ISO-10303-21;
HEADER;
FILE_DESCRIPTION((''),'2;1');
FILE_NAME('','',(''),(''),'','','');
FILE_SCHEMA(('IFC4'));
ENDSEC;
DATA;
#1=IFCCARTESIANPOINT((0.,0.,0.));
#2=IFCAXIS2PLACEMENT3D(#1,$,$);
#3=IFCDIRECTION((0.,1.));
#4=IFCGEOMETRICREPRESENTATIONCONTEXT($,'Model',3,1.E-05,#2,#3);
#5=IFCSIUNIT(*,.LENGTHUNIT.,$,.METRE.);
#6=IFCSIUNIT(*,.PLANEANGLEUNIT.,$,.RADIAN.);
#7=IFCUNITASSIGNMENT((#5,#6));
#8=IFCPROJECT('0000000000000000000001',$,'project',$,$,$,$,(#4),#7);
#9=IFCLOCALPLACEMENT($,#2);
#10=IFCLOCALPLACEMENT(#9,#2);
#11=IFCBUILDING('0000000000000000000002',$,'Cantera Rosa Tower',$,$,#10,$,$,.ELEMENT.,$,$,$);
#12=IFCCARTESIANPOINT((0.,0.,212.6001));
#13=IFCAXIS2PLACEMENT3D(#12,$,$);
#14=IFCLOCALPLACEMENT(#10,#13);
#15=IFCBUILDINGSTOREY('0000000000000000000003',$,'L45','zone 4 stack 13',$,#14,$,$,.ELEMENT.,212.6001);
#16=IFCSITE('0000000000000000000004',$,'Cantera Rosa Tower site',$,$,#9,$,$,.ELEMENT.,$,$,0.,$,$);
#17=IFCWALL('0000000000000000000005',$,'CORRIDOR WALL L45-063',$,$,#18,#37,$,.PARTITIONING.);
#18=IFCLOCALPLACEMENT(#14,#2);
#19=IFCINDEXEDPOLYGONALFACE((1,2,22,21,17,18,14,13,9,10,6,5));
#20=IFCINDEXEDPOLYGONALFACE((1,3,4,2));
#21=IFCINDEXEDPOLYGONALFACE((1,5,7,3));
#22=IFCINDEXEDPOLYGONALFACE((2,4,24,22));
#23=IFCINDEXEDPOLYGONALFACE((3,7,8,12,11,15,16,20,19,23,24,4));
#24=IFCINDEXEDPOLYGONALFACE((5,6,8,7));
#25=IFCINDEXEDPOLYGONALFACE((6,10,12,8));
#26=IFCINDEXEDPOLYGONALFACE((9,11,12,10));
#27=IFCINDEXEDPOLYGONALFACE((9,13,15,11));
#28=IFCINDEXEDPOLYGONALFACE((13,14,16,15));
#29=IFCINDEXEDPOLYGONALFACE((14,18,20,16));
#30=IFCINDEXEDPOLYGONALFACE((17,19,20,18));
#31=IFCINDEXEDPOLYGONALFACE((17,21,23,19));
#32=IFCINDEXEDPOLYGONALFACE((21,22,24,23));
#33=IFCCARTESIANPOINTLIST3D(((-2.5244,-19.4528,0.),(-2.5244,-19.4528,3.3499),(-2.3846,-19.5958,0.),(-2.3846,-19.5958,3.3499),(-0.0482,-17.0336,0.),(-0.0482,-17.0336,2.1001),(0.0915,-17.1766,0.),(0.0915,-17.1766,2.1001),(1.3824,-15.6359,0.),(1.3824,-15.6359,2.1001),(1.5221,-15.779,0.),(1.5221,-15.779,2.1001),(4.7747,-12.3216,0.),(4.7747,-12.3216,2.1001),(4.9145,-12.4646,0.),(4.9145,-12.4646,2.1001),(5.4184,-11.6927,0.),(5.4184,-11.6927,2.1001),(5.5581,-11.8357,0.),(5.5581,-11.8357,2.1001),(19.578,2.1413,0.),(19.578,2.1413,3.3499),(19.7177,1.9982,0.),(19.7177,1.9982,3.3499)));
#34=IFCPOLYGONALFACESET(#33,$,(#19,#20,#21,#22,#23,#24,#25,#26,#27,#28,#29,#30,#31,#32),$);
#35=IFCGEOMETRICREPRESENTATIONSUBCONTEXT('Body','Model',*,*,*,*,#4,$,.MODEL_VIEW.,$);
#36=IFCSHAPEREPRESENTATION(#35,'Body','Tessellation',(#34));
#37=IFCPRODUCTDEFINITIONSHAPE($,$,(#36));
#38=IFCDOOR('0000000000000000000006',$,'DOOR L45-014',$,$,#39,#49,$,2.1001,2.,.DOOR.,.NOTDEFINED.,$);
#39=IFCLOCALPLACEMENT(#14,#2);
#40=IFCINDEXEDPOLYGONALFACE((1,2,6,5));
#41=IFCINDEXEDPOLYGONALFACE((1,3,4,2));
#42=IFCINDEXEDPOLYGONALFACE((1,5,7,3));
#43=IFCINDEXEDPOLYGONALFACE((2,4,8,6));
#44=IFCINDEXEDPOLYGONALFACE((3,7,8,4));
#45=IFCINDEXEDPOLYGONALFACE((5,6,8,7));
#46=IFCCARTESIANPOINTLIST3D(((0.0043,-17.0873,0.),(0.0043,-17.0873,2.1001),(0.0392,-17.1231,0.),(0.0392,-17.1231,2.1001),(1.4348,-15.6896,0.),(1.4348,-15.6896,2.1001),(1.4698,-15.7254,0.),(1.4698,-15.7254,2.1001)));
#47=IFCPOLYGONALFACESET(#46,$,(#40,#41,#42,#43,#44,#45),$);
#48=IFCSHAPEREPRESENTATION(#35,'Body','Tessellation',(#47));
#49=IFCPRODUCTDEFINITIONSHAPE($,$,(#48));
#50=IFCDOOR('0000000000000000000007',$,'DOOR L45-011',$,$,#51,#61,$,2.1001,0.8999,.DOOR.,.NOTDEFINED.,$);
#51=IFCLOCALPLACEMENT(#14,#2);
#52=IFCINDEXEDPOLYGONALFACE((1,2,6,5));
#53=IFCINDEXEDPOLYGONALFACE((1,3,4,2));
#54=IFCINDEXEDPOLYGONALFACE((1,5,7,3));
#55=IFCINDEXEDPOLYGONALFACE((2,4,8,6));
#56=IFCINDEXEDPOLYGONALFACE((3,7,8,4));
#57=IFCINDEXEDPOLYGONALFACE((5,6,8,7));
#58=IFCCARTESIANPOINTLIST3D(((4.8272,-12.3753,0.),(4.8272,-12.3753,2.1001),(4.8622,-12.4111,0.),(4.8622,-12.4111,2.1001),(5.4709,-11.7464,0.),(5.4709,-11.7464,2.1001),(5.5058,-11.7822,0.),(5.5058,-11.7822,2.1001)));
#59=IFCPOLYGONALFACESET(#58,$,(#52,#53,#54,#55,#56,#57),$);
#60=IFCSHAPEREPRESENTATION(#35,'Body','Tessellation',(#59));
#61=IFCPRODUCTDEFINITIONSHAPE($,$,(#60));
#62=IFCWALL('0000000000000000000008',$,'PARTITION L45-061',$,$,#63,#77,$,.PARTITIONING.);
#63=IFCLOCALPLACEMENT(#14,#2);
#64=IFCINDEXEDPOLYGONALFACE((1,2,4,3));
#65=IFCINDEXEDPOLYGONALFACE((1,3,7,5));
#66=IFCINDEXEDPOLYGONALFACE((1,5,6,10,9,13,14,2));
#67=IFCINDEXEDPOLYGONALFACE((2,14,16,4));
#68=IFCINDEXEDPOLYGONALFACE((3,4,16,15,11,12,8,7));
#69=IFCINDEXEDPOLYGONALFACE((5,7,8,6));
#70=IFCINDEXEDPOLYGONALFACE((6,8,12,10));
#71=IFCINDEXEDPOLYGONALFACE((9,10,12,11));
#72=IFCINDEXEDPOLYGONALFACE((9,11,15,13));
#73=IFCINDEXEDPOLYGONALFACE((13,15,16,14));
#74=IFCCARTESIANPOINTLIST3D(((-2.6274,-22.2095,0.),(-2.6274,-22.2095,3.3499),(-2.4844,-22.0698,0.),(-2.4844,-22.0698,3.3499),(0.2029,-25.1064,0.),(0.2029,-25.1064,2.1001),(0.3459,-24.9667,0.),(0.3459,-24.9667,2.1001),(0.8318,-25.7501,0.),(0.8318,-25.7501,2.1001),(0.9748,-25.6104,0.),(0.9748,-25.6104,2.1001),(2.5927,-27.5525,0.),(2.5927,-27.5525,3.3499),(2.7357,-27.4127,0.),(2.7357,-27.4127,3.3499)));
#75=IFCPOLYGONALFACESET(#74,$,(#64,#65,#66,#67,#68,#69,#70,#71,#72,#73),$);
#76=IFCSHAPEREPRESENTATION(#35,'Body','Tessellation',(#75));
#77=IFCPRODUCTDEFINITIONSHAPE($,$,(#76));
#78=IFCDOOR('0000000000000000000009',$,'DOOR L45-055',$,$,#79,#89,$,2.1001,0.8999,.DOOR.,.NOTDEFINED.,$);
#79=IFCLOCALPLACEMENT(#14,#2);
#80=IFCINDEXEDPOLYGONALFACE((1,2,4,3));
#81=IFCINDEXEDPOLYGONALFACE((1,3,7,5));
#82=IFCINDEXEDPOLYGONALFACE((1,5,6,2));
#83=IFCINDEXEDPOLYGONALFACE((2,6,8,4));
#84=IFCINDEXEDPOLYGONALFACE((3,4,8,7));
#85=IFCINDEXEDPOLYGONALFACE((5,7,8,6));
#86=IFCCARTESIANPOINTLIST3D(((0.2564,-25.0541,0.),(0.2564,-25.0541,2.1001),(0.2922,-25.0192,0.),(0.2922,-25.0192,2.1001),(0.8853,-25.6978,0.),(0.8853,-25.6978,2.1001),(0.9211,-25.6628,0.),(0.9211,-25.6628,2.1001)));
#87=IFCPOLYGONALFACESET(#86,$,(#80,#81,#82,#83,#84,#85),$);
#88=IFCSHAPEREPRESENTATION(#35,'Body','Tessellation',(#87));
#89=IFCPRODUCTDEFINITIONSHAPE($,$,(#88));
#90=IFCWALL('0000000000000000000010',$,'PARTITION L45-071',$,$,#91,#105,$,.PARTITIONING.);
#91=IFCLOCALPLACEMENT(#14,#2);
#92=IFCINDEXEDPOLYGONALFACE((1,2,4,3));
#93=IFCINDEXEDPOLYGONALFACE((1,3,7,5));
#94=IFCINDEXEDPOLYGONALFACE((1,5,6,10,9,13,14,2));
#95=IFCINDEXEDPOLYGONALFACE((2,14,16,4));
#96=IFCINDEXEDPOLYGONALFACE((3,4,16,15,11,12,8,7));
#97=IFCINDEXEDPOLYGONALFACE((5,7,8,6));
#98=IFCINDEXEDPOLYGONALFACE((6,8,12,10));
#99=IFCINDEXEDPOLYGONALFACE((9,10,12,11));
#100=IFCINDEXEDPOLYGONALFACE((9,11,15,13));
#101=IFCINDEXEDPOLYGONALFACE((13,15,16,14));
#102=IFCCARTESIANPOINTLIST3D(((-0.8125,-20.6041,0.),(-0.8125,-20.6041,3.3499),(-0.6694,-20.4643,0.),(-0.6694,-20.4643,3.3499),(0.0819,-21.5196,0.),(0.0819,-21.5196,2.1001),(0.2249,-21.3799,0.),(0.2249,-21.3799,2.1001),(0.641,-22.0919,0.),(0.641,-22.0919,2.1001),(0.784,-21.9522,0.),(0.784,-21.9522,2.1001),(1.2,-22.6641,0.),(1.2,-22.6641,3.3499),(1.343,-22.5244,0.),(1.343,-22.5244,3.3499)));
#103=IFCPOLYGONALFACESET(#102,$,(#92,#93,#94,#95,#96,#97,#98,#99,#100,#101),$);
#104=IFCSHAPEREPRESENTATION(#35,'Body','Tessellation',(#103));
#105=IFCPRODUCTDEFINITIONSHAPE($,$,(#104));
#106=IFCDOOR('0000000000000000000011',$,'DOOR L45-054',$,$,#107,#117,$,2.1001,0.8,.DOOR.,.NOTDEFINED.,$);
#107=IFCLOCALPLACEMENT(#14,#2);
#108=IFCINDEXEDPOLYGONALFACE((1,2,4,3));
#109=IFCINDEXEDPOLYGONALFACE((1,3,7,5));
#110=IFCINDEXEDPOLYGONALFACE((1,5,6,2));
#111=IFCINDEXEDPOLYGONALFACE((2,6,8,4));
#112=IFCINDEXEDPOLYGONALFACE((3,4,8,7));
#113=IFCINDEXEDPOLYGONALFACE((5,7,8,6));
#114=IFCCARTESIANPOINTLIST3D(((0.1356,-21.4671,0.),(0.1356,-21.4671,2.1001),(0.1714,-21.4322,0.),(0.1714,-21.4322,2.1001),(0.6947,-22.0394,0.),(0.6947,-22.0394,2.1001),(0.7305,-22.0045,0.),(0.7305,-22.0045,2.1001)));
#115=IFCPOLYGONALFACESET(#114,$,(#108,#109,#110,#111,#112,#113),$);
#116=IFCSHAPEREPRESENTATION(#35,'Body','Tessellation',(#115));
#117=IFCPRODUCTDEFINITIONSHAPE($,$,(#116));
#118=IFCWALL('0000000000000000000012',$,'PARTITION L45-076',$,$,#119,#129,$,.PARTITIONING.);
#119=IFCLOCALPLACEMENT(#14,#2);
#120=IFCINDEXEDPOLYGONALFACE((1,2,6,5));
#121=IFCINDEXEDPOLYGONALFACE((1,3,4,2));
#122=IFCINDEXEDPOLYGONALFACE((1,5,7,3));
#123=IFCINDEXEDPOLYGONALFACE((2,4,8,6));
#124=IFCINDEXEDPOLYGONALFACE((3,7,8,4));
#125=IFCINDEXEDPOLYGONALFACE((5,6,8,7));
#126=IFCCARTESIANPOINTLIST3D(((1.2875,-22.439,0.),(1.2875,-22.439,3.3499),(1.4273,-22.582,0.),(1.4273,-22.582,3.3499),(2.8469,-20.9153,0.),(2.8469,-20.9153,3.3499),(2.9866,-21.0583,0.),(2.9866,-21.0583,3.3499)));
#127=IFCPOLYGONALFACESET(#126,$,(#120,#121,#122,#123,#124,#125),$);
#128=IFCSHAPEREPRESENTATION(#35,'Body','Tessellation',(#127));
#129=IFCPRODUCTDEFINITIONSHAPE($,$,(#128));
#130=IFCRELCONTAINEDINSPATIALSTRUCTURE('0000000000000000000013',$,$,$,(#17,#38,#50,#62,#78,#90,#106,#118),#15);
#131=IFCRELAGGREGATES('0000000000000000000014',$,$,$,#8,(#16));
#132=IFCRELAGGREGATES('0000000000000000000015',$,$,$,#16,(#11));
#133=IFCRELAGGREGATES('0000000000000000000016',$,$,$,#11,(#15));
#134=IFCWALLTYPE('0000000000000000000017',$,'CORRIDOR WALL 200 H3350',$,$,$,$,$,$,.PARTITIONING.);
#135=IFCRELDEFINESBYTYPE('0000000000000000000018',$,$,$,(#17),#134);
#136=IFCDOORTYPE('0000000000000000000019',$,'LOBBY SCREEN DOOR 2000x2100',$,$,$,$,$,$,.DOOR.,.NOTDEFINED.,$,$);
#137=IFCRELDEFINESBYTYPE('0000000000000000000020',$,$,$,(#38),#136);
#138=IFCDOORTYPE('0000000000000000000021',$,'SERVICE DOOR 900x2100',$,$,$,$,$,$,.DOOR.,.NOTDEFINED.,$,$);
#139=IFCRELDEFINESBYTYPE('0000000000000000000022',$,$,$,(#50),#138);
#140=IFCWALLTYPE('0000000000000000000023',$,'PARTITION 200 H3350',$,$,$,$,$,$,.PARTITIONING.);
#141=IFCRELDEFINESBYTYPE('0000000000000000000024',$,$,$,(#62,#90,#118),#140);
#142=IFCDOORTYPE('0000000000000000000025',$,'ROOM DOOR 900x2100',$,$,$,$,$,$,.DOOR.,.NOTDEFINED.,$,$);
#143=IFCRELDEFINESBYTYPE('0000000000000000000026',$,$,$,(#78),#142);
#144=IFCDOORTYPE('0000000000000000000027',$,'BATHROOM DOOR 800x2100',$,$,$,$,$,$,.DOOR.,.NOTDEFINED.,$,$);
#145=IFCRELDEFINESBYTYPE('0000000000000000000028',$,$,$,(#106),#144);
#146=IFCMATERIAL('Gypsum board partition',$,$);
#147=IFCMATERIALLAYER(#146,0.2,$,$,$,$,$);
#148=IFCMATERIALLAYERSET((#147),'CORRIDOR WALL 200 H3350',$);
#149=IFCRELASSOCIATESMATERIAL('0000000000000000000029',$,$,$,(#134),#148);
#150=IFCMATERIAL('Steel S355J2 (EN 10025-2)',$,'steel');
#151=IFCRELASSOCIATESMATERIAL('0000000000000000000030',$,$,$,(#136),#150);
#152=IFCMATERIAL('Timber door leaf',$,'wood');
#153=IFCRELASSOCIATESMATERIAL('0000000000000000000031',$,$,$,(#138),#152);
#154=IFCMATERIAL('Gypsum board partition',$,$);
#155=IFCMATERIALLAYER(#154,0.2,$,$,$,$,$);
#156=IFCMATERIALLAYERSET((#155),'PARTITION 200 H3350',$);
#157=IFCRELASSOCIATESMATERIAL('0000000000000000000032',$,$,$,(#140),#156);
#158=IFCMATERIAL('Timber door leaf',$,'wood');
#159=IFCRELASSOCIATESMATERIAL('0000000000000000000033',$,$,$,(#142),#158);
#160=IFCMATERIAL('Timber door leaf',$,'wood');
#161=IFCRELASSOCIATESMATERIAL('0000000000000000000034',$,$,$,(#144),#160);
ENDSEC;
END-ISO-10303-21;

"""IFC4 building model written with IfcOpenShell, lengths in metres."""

from ifc_helpers import new_model, si_unit, direction, frame, frame_2d, origin, place, context, subcontext, project, spatial, rectangle, extrude, material, layer, layer_set, type_object, element, fill, save


model = new_model("IFC4")

# Units and contexts
model_context = context("Model", 3, precision=1e-05, world=origin(), true_north=direction((0.0, 1.0)))
body_context = subcontext(model_context, "Body", "Model", "MODEL_VIEW")
ifc_project = project(units=[si_unit("LENGTHUNIT", "METRE"), si_unit("PLANEANGLEUNIT", "RADIAN")], contexts=[model_context])

# Site, building, storey
site_placement = place(None, origin())
site = spatial("IfcSite", under=ifc_project, at=site_placement, Name="Cantera Rosa Tower site", CompositionType="ELEMENT", RefElevation=0.0)
building_placement = place(site_placement, origin())
building = spatial("IfcBuilding", under=site, at=building_placement, Name="Cantera Rosa Tower", CompositionType="ELEMENT")
storey_placement = place(building_placement, frame((0.0, 0.0, 212.6001)))
storey = spatial("IfcBuildingStorey", under=building, at=storey_placement, Name="L45", Description="zone 4 stack 13", CompositionType="ELEMENT", Elevation=212.6001)

# Wall, openings, doors
ifc_material_1 = material(Name="Gypsum board partition")
ifc_layer_1 = layer(ifc_material_1, 0.2)
ifc_layer_set_1 = layer_set([ifc_layer_1], Name="CORRIDOR WALL 200 H3350")
wall_type_1 = type_object("IfcWallType", Name="CORRIDOR WALL 200 H3350", PredefinedType="PARTITIONING", material=ifc_layer_set_1)
wall_1_placement = place(storey_placement, frame((-2.4546, -19.5244, 0.0), z_axis=(0.0, 0.0, 1.0), x_axis=(0.715284, 0.698834, 0.0)))
wall_1 = element("IfcWall", 1, at=wall_1_placement, inside=storey, type_object=wall_type_1, Name="CORRIDOR WALL L45-063", PredefinedType="PARTITIONING", context=body_context, shape_type="SweptSolid", body=[
    extrude(rectangle(XDim=30.9001, YDim=0.2, at=frame_2d((15.4502, 0.0))), origin(), (0.0, 0.0, 1.0), 3.3499),
])
opening_1_placement = place(wall_1_placement, frame((10.2046, 0.0, 0.0)))
opening_1 = element("IfcOpeningElement", 2, at=opening_1_placement, cuts=wall_1, PredefinedType="OPENING", context=body_context, shape_type="SweptSolid", body=[
    extrude(rectangle(XDim=0.8999, YDim=2.1001, at=frame_2d((0.45, 1.05))), frame((0.0, 0.1099, 0.0), z_axis=(0.0, -1.0, 0.0), x_axis=(1.0, 0.0, 0.0)), (0.0, 0.0, 1.0), 0.22),
])
opening_2_placement = place(wall_1_placement, frame((3.4619, 0.0, 0.0)))
opening_2 = element("IfcOpeningElement", 3, at=opening_2_placement, cuts=wall_1, PredefinedType="OPENING", context=body_context, shape_type="SweptSolid", body=[
    extrude(rectangle(XDim=2.0, YDim=2.1001, at=frame_2d((1.0, 1.05))), frame((0.0, 0.1099, 0.0), z_axis=(0.0, -1.0, 0.0), x_axis=(1.0, 0.0, 0.0)), (0.0, 0.0, 1.0), 0.22),
])
ifc_material_2 = material(Name="Steel S355J2 (EN 10025-2)", Category="steel")
door_type_1 = type_object("IfcDoorType", Name="LOBBY SCREEN DOOR 2000x2100", OperationType="NOTDEFINED", PredefinedType="DOOR", material=ifc_material_2)
door_1_placement = place(opening_2_placement, origin())
door_1 = element("IfcDoor", 4, at=door_1_placement, inside=storey, type_object=door_type_1, Name="DOOR L45-014", OperationType="NOTDEFINED", OverallHeight=2.1001, OverallWidth=2.0, PredefinedType="DOOR", context=body_context, shape_type="SweptSolid", body=[
    extrude(rectangle(XDim=2.0, YDim=2.1001, at=frame_2d((1.0, 1.05))), frame((0.0, 0.0249, 0.0), z_axis=(0.0, -1.0, 0.0), x_axis=(1.0, 0.0, 0.0)), (0.0, 0.0, 1.0), 0.05),
])
fill(opening_2, door_1)
ifc_material_3 = material(Name="Timber door leaf", Category="wood")
door_type_2 = type_object("IfcDoorType", Name="SERVICE DOOR 900x2100", OperationType="NOTDEFINED", PredefinedType="DOOR", material=ifc_material_3)
door_2_placement = place(opening_1_placement, origin())
door_2 = element("IfcDoor", 5, at=door_2_placement, inside=storey, type_object=door_type_2, Name="DOOR L45-011", OperationType="NOTDEFINED", OverallHeight=2.1001, OverallWidth=0.8999, PredefinedType="DOOR", context=body_context, shape_type="SweptSolid", body=[
    extrude(rectangle(XDim=0.8999, YDim=2.1001, at=frame_2d((0.45, 1.05))), frame((0.0, 0.0249, 0.0), z_axis=(0.0, -1.0, 0.0), x_axis=(1.0, 0.0, 0.0)), (0.0, 0.0, 1.0), 0.05),
])
fill(opening_1, door_2)

# Walls, openings, doors
ifc_material_4 = material(Name="Gypsum board partition")
ifc_layer_2 = layer(ifc_material_4, 0.2)
ifc_layer_set_2 = layer_set([ifc_layer_2], Name="PARTITION 200 H3350")
wall_type_2 = type_object("IfcWallType", Name="PARTITION 200 H3350", PredefinedType="PARTITIONING", material=ifc_layer_set_2)
wall_2_placement = place(storey_placement, frame((-2.5559, -22.1396, 0.0), z_axis=(0.0, 0.0, 1.0), x_axis=(0.698839, -0.715279, 0.0)))
wall_2 = element("IfcWall", 6, at=wall_2_placement, inside=storey, type_object=wall_type_2, Name="PARTITION L45-061", PredefinedType="PARTITIONING", context=body_context, shape_type="SweptSolid", body=[
    extrude(rectangle(XDim=7.4697, YDim=0.2, at=frame_2d((3.7349, 0.0))), origin(), (0.0, 0.0, 1.0), 3.3499),
])
opening_3_placement = place(wall_2_placement, frame((4.05, 0.0, 0.0)))
opening_3 = element("IfcOpeningElement", 7, at=opening_3_placement, cuts=wall_2, PredefinedType="OPENING", context=body_context, shape_type="SweptSolid", body=[
    extrude(rectangle(XDim=0.8999, YDim=2.1001, at=frame_2d((0.45, 1.05))), frame((0.0, 0.1099, 0.0), z_axis=(0.0, -1.0, 0.0), x_axis=(1.0, 0.0, 0.0)), (0.0, 0.0, 1.0), 0.22),
])
ifc_material_5 = material(Name="Timber door leaf", Category="wood")
door_type_3 = type_object("IfcDoorType", Name="ROOM DOOR 900x2100", OperationType="NOTDEFINED", PredefinedType="DOOR", material=ifc_material_5)
door_3_placement = place(opening_3_placement, origin())
door_3 = element("IfcDoor", 8, at=door_3_placement, inside=storey, type_object=door_type_3, Name="DOOR L45-055", OperationType="NOTDEFINED", OverallHeight=2.1001, OverallWidth=0.8999, PredefinedType="DOOR", context=body_context, shape_type="SweptSolid", body=[
    extrude(rectangle(XDim=0.8999, YDim=2.1001, at=frame_2d((0.45, 1.05))), frame((0.0, 0.0249, 0.0), z_axis=(0.0, -1.0, 0.0), x_axis=(1.0, 0.0, 0.0)), (0.0, 0.0, 1.0), 0.05),
])
fill(opening_3, door_3)
wall_3_placement = place(storey_placement, frame((1.2715, -22.5942, 0.0), z_axis=(0.0, 0.0, 1.0), x_axis=(-0.698793, 0.715324, 0.0)))
wall_3 = element("IfcWall", 9, at=wall_3_placement, inside=storey, type_object=wall_type_2, Name="PARTITION L45-071", PredefinedType="PARTITIONING", context=body_context, shape_type="SweptSolid", body=[
    extrude(rectangle(XDim=2.8799, YDim=0.2, at=frame_2d((1.4399, 0.0))), origin(), (0.0, 0.0, 1.0), 3.3499),
])
opening_4_placement = place(wall_3_placement, frame((0.8, 0.0, 0.0)))
opening_4 = element("IfcOpeningElement", 10, at=opening_4_placement, cuts=wall_3, PredefinedType="OPENING", context=body_context, shape_type="SweptSolid", body=[
    extrude(rectangle(XDim=0.8, YDim=2.1001, at=frame_2d((0.3999, 1.05))), frame((0.0, 0.1099, 0.0), z_axis=(0.0, -1.0, 0.0), x_axis=(1.0, 0.0, 0.0)), (0.0, 0.0, 1.0), 0.22),
])
ifc_material_6 = material(Name="Timber door leaf", Category="wood")
door_type_4 = type_object("IfcDoorType", Name="BATHROOM DOOR 800x2100", OperationType="NOTDEFINED", PredefinedType="DOOR", material=ifc_material_6)
door_4_placement = place(opening_4_placement, origin())
door_4 = element("IfcDoor", 11, at=door_4_placement, inside=storey, type_object=door_type_4, Name="DOOR L45-054", OperationType="NOTDEFINED", OverallHeight=2.1001, OverallWidth=0.8, PredefinedType="DOOR", context=body_context, shape_type="SweptSolid", body=[
    extrude(rectangle(XDim=0.8, YDim=2.1001, at=frame_2d((0.3999, 1.05))), frame((0.0, 0.0249, 0.0), z_axis=(0.0, -1.0, 0.0), x_axis=(1.0, 0.0, 0.0)), (0.0, 0.0, 1.0), 0.05),
])
fill(opening_4, door_4)

# Wall
wall_4_placement = place(storey_placement, frame((2.9167, -20.9868, 0.0), z_axis=(0.0, 0.0, 1.0), x_axis=(-0.715234, -0.698885, 0.0)))
element("IfcWall", 12, at=wall_4_placement, inside=storey, type_object=wall_type_2, Name="PARTITION L45-076", PredefinedType="PARTITIONING", context=body_context, shape_type="SweptSolid", body=[
    extrude(rectangle(XDim=2.1802, YDim=0.2, at=frame_2d((1.0901, 0.0))), origin(), (0.0, 0.0, 1.0), 3.3499),
])

save(model, "model.ifc")
